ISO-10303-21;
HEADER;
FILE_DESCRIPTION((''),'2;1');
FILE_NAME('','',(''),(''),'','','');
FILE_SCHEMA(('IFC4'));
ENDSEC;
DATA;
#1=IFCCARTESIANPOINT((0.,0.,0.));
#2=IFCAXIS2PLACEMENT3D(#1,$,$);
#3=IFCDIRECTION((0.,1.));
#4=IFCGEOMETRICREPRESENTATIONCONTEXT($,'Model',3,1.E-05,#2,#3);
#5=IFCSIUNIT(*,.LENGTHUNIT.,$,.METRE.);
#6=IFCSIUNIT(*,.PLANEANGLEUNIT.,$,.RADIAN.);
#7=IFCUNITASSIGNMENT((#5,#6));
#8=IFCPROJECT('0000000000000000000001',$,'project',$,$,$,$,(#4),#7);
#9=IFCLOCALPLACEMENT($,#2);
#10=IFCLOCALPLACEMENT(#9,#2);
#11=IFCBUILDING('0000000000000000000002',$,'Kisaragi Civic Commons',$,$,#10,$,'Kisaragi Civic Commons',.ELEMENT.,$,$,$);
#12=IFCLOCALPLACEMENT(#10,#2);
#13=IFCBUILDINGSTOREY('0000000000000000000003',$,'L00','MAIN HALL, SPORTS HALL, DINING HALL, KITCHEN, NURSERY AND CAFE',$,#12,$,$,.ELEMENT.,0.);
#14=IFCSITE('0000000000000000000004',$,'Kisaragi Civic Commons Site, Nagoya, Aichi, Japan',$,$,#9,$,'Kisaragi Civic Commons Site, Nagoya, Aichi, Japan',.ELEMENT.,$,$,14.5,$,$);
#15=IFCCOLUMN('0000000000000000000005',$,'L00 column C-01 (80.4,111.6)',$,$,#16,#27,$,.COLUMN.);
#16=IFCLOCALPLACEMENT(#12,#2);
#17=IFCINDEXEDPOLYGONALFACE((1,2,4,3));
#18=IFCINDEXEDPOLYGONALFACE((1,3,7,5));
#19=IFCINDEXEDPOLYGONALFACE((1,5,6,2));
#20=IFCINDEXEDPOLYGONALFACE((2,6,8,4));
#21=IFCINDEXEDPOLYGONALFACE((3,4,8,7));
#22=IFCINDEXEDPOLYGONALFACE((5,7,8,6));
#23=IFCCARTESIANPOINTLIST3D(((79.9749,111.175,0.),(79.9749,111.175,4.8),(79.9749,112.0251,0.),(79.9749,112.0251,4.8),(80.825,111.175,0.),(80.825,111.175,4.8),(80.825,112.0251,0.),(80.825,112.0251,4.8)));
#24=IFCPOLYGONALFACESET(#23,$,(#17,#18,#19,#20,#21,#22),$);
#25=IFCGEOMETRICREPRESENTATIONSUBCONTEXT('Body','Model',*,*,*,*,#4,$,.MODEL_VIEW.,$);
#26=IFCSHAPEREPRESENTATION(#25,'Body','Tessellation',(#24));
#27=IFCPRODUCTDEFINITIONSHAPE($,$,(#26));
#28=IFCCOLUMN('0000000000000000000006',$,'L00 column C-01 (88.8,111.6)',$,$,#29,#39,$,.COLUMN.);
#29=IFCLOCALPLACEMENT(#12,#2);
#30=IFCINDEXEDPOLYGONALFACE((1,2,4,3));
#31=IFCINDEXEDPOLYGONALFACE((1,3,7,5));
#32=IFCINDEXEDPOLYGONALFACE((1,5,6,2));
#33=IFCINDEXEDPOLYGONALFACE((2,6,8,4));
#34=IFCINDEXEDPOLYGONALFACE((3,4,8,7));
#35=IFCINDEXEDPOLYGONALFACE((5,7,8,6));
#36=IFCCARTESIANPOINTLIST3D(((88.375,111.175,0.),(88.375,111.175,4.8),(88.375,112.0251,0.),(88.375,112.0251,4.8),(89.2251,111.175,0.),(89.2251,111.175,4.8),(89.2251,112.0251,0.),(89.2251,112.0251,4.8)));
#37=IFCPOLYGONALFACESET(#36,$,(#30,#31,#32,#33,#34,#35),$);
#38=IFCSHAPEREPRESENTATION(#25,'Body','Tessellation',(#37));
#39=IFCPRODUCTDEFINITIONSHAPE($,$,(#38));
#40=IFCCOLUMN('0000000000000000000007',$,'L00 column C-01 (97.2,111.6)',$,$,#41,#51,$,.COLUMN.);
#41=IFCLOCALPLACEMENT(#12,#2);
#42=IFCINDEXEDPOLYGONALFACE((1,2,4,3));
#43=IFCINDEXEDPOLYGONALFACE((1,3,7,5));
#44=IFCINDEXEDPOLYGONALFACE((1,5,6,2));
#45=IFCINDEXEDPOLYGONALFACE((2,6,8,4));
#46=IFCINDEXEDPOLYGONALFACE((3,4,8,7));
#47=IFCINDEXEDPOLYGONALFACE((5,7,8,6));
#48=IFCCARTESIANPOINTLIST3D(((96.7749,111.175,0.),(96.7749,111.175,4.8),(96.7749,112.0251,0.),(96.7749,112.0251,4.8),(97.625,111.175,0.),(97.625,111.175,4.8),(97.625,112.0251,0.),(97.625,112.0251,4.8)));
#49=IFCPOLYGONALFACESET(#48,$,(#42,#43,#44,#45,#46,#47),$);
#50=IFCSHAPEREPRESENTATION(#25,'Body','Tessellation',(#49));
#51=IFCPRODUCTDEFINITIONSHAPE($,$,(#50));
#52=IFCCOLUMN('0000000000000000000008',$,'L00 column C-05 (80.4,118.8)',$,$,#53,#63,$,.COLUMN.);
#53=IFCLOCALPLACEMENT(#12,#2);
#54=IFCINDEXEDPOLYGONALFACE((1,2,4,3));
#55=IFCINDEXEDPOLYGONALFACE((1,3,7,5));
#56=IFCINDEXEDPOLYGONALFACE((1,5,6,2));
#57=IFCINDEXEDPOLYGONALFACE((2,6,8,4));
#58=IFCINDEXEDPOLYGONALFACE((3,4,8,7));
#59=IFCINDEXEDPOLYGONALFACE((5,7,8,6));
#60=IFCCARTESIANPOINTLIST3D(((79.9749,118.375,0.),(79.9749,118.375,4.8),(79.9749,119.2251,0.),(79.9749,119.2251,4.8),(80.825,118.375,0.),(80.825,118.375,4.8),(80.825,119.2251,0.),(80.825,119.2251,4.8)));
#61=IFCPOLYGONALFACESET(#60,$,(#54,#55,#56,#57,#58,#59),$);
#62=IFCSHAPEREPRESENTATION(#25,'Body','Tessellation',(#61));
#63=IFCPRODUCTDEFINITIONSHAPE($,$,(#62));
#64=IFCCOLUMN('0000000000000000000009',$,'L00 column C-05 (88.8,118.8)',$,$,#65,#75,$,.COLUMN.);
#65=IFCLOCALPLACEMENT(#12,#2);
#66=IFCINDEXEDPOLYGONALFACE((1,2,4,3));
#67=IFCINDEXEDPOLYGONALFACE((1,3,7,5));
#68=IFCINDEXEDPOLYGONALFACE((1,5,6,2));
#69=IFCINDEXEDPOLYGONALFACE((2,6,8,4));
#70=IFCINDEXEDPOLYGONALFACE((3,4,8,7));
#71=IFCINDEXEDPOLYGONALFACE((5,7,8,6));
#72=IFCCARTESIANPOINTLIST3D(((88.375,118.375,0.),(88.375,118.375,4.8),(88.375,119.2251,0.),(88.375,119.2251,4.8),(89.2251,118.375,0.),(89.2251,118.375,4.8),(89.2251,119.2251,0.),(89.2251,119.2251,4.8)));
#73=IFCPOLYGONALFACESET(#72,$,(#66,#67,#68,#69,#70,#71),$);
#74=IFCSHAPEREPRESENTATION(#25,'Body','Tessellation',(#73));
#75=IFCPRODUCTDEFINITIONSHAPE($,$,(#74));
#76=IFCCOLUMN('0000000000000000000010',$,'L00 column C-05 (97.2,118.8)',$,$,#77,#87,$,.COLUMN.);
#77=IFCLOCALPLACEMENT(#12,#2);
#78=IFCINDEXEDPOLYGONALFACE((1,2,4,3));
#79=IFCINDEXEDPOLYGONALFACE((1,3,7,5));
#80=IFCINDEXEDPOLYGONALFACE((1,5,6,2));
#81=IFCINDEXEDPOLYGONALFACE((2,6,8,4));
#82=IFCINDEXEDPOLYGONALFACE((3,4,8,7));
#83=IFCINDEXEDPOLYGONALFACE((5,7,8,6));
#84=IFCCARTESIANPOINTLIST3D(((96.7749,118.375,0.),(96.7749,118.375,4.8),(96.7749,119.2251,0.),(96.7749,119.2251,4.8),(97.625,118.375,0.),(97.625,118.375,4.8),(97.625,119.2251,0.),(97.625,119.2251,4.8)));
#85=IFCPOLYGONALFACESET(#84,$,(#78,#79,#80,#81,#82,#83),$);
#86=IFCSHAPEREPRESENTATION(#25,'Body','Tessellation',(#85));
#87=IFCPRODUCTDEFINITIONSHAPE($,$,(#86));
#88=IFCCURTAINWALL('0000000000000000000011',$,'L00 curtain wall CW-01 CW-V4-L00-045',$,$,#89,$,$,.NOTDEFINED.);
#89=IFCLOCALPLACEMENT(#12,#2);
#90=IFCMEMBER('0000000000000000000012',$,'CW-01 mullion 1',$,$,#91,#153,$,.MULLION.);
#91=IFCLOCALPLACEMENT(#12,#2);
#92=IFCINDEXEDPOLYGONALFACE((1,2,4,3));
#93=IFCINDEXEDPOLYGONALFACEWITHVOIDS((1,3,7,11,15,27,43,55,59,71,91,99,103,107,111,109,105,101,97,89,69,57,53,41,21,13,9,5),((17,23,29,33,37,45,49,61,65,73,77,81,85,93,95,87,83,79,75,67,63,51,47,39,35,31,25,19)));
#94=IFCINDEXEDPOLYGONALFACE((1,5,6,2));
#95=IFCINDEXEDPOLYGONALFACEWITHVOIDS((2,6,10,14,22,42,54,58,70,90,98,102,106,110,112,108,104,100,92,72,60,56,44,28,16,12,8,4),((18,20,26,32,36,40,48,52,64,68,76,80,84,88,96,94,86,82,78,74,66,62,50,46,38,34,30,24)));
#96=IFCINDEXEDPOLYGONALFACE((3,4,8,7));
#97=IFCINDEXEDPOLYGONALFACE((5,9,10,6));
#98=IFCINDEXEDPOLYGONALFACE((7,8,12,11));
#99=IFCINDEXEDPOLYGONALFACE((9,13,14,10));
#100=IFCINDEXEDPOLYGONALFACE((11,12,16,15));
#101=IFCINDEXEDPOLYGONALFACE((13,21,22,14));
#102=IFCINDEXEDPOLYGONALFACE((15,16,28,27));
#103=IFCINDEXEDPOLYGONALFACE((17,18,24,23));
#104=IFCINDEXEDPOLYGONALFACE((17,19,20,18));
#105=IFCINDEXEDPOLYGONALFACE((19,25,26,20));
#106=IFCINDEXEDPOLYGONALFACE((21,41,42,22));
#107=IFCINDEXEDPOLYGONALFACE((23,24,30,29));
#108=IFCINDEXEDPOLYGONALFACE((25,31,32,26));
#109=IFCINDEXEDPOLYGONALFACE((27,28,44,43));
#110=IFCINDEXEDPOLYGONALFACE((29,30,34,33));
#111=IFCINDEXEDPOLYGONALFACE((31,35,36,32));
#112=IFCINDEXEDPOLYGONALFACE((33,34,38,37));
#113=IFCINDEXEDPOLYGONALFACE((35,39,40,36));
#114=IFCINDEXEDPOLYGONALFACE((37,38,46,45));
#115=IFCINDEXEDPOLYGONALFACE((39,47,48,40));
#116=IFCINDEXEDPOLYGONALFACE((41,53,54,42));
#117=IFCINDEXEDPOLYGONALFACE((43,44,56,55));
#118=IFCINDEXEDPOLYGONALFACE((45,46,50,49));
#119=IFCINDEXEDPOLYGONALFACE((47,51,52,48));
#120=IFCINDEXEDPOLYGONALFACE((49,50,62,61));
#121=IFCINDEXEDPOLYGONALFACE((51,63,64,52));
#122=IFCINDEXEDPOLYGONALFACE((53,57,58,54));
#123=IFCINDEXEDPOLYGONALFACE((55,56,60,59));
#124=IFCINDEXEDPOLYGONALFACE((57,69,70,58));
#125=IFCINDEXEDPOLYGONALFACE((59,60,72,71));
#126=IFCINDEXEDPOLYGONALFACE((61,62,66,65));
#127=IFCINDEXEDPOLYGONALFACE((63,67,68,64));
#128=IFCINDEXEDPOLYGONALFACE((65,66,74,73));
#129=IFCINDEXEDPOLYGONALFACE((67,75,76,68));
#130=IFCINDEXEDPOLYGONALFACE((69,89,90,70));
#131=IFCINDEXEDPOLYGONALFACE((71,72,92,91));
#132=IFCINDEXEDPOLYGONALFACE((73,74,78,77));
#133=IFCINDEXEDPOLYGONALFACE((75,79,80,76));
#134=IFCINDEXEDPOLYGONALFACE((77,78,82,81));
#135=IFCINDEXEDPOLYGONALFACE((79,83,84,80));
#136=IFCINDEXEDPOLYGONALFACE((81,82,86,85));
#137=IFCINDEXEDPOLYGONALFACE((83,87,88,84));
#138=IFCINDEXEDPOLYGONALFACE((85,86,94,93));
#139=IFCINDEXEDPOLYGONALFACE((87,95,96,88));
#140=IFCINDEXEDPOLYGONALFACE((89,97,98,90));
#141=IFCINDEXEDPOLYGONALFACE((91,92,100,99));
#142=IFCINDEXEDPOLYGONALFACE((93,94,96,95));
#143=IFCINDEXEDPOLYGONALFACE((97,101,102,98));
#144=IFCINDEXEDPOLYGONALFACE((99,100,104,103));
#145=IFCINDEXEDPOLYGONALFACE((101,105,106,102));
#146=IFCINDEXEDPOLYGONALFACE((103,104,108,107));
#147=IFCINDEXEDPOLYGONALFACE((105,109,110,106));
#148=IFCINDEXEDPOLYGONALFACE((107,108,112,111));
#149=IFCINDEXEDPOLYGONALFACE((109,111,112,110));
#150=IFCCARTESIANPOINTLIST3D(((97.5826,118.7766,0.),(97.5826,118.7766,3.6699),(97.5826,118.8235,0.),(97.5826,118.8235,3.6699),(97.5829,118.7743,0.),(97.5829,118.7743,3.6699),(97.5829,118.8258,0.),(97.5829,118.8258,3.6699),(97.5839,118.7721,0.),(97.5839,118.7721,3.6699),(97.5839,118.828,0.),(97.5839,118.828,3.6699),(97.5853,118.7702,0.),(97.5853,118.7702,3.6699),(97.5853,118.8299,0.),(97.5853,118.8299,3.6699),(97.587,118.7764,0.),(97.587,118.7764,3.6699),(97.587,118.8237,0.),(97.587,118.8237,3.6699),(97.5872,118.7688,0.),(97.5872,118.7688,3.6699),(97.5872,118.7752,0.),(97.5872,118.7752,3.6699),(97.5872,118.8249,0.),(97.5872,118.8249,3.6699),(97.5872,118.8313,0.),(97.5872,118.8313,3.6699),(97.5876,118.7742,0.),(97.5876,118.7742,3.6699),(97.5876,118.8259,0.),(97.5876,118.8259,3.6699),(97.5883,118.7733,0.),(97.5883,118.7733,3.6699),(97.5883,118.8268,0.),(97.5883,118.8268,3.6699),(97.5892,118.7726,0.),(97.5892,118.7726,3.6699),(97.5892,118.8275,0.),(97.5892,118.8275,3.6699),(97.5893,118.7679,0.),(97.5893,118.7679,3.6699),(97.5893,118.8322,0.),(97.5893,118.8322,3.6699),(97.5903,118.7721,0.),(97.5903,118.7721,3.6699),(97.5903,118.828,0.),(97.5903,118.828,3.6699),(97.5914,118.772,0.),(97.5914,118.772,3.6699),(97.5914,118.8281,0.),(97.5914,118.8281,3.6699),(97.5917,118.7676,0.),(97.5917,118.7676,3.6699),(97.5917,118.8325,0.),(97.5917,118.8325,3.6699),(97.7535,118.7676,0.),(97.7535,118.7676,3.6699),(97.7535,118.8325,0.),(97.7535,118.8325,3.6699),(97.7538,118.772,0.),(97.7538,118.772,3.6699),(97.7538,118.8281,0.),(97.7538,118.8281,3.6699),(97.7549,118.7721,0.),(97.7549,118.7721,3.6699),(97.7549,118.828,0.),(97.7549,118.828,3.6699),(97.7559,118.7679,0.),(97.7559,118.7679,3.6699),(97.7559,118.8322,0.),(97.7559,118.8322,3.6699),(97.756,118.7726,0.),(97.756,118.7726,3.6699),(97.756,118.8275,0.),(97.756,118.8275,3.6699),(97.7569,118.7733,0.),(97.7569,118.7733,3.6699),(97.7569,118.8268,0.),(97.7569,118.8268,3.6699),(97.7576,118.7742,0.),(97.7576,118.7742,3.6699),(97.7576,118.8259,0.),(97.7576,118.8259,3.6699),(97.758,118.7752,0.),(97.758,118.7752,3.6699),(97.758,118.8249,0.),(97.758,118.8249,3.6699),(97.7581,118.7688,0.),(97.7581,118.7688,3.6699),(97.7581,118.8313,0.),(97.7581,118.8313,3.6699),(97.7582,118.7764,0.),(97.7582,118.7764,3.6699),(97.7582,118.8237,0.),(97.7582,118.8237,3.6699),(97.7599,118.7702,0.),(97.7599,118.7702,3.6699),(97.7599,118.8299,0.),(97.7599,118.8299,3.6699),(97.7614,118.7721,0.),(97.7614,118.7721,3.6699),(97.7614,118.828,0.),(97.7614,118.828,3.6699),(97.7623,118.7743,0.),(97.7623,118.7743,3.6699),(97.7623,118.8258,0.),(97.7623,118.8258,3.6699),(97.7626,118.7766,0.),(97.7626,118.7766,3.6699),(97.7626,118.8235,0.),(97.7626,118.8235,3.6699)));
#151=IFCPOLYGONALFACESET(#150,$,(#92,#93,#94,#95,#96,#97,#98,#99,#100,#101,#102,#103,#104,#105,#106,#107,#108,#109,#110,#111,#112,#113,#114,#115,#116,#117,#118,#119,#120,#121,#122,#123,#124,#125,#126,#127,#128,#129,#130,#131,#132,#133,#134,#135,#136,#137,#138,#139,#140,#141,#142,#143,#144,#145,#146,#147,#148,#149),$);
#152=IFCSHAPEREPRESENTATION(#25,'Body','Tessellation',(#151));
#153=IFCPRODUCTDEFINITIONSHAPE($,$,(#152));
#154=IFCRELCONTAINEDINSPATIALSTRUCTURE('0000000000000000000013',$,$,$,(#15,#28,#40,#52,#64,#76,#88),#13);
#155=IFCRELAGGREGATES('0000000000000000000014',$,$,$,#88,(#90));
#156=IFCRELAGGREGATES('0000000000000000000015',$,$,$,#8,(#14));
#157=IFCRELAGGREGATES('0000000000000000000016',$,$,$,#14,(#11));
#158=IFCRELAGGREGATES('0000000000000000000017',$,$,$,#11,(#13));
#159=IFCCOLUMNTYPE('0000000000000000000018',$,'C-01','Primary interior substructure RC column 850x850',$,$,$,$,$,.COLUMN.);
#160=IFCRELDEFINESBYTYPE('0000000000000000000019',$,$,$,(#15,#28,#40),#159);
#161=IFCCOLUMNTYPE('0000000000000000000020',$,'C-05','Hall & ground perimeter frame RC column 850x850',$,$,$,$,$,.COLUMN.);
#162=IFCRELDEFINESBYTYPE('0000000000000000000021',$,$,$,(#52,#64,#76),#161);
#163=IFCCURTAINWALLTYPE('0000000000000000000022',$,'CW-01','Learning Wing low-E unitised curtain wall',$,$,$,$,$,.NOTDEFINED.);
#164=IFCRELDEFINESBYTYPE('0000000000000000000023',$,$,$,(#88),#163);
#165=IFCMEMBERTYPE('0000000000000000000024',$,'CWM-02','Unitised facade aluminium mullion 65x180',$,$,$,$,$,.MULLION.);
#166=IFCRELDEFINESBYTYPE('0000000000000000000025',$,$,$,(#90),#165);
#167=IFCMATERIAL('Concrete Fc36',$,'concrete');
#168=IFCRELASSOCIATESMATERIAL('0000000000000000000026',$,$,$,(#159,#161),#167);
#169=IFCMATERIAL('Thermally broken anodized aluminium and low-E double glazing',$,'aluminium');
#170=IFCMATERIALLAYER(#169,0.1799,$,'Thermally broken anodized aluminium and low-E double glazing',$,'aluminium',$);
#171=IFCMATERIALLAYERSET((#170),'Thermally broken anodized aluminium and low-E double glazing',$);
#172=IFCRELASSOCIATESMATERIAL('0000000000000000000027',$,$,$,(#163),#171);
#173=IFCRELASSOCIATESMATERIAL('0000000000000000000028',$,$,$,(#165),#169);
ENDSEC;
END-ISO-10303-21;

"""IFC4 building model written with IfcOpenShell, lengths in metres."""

from ifc_helpers import new_model, si_unit, direction, frame, origin, origin_2d, place, context, subcontext, project, spatial, rectangle, hollow_rectangle, extrude, material, layer, layer_set, material_profile, profile_set, type_object, element, aggregate, save


model = new_model("IFC4")

# Units and contexts
model_context = context("Model", 3, precision=1e-05, world=origin(), true_north=direction((0.0, 1.0)))
body_context = subcontext(model_context, "Body", "Model", "MODEL_VIEW")
ifc_project = project(units=[si_unit("LENGTHUNIT", "METRE"), si_unit("PLANEANGLEUNIT", "RADIAN")], contexts=[model_context])

# Site, building, storey
site_placement = place(None, origin())
site = spatial("IfcSite", under=ifc_project, at=site_placement, Name="Kisaragi Civic Commons Site, Nagoya, Aichi, Japan", LongName="Kisaragi Civic Commons Site, Nagoya, Aichi, Japan", CompositionType="ELEMENT", RefElevation=14.5)
building_placement = place(site_placement, origin())
building = spatial("IfcBuilding", under=site, at=building_placement, Name="Kisaragi Civic Commons", LongName="Kisaragi Civic Commons", CompositionType="ELEMENT")
storey_placement = place(building_placement, origin())
storey = spatial("IfcBuildingStorey", under=building, at=storey_placement, Name="L00", Description="MAIN HALL, SPORTS HALL, DINING HALL, KITCHEN, NURSERY AND CAFE", CompositionType="ELEMENT", Elevation=0.0)

# Columns
ifc_material_1 = material(Name="Concrete Fc36", Category="concrete")
ifc_material_profile_1 = material_profile(ifc_material_1, rectangle(XDim=0.8501, YDim=0.8501, at=origin_2d()), Name="RC-850x850", Category="concrete")
ifc_profile_set_1 = profile_set([ifc_material_profile_1], Name="Concrete Fc36")
column_type_1 = type_object("IfcColumnType", Name="C-01", Description="Primary interior substructure RC column 850x850", PredefinedType="COLUMN", material=ifc_profile_set_1)
for number, where, z_axis, x_axis, name in (
    (1, (80.3999, 111.6001, 0.0), (0.0, 0.0, 1.0), (1.0, 0.0, 0.0), "L00 column C-01 (80.4,111.6)"),
    (2, (88.8, 111.6001, 0.0), (0.0, 0.0, 1.0), (1.0, 0.0, 0.0), "L00 column C-01 (88.8,111.6)"),
    (3, (97.2, 111.6001, 0.0), (0.0, 0.0, 1.0), (1.0, 0.0, 0.0), "L00 column C-01 (97.2,111.6)"),
):
    element("IfcColumn", number, at=place(storey_placement, frame(where, z_axis=z_axis, x_axis=x_axis)), inside=storey, type_object=column_type_1, Name=name, PredefinedType="COLUMN", context=body_context, shape_type="SweptSolid", body=[
        extrude(rectangle(XDim=0.8501, YDim=0.8501, at=origin_2d()), origin(), (0.0, 0.0, 1.0), 4.8),
    ])
ifc_material_profile_2 = material_profile(ifc_material_1, rectangle(XDim=0.8501, YDim=0.8501, at=origin_2d()), Name="RC-850x850", Category="concrete")
ifc_profile_set_2 = profile_set([ifc_material_profile_2], Name="Concrete Fc36")
column_type_2 = type_object("IfcColumnType", Name="C-05", Description="Hall & ground perimeter frame RC column 850x850", PredefinedType="COLUMN", material=ifc_profile_set_2)
for number, where, z_axis, x_axis, name in (
    (4, (80.3999, 118.8, 0.0), (0.0, 0.0, 1.0), (1.0, 0.0, 0.0), "L00 column C-05 (80.4,118.8)"),
    (5, (88.8, 118.8, 0.0), (0.0, 0.0, 1.0), (1.0, 0.0, 0.0), "L00 column C-05 (88.8,118.8)"),
    (6, (97.2, 118.8, 0.0), (0.0, 0.0, 1.0), (1.0, 0.0, 0.0), "L00 column C-05 (97.2,118.8)"),
):
    element("IfcColumn", number, at=place(storey_placement, frame(where, z_axis=z_axis, x_axis=x_axis)), inside=storey, type_object=column_type_2, Name=name, PredefinedType="COLUMN", context=body_context, shape_type="SweptSolid", body=[
        extrude(rectangle(XDim=0.8501, YDim=0.8501, at=origin_2d()), origin(), (0.0, 0.0, 1.0), 4.8),
    ])

# Curtain wall, member
ifc_material_2 = material(Name="Thermally broken anodized aluminium and low-E double glazing", Category="aluminium")
ifc_layer_1 = layer(ifc_material_2, 0.1799, Name="Thermally broken anodized aluminium and low-E double glazing", Category="aluminium")
ifc_layer_set_1 = layer_set([ifc_layer_1], Name="Thermally broken anodized aluminium and low-E double glazing")
curtain_wall_type = type_object("IfcCurtainWallType", Name="CW-01", Description="Learning Wing low-E unitised curtain wall", PredefinedType="NOTDEFINED", material=ifc_layer_set_1)
curtain_wall_placement = place(storey_placement, origin())
curtain_wall = element("IfcCurtainWall", 7, at=curtain_wall_placement, inside=storey, type_object=curtain_wall_type, Name="L00 curtain wall CW-01 CW-V4-L00-045", PredefinedType="NOTDEFINED")
ifc_material_profile_3 = material_profile(ifc_material_2, hollow_rectangle(XDim=0.0649, YDim=0.1799, WallThickness=0.0044, InnerFilletRadius=0.0044, OuterFilletRadius=0.009, at=origin_2d()), Name="CWM-65x180x4.5", Category="aluminium")
ifc_profile_set_3 = profile_set([ifc_material_profile_3], Name="Thermally broken anodized aluminium and low-E double glazing")
member_type_1 = type_object("IfcMemberType", Name="CWM-02", Description="Unitised facade aluminium mullion 65x180", PredefinedType="MULLION", material=ifc_profile_set_3)
member_1_placement = place(storey_placement, frame((97.6726, 118.8, 0.0), z_axis=(0.0, 0.0, 1.0), x_axis=(0.0, 1.0, 0.0)))
member_1 = element("IfcMember", 8, at=member_1_placement, type_object=member_type_1, Name="CW-01 mullion 1", PredefinedType="MULLION", context=body_context, shape_type="SweptSolid", body=[
    extrude(hollow_rectangle(XDim=0.0649, YDim=0.1799, WallThickness=0.0044, InnerFilletRadius=0.0044, OuterFilletRadius=0.009, at=origin_2d()), origin(), (0.0, 0.0, 1.0), 3.6699),
])
aggregate(curtain_wall, [member_1])

save(model, "model.ifc")
